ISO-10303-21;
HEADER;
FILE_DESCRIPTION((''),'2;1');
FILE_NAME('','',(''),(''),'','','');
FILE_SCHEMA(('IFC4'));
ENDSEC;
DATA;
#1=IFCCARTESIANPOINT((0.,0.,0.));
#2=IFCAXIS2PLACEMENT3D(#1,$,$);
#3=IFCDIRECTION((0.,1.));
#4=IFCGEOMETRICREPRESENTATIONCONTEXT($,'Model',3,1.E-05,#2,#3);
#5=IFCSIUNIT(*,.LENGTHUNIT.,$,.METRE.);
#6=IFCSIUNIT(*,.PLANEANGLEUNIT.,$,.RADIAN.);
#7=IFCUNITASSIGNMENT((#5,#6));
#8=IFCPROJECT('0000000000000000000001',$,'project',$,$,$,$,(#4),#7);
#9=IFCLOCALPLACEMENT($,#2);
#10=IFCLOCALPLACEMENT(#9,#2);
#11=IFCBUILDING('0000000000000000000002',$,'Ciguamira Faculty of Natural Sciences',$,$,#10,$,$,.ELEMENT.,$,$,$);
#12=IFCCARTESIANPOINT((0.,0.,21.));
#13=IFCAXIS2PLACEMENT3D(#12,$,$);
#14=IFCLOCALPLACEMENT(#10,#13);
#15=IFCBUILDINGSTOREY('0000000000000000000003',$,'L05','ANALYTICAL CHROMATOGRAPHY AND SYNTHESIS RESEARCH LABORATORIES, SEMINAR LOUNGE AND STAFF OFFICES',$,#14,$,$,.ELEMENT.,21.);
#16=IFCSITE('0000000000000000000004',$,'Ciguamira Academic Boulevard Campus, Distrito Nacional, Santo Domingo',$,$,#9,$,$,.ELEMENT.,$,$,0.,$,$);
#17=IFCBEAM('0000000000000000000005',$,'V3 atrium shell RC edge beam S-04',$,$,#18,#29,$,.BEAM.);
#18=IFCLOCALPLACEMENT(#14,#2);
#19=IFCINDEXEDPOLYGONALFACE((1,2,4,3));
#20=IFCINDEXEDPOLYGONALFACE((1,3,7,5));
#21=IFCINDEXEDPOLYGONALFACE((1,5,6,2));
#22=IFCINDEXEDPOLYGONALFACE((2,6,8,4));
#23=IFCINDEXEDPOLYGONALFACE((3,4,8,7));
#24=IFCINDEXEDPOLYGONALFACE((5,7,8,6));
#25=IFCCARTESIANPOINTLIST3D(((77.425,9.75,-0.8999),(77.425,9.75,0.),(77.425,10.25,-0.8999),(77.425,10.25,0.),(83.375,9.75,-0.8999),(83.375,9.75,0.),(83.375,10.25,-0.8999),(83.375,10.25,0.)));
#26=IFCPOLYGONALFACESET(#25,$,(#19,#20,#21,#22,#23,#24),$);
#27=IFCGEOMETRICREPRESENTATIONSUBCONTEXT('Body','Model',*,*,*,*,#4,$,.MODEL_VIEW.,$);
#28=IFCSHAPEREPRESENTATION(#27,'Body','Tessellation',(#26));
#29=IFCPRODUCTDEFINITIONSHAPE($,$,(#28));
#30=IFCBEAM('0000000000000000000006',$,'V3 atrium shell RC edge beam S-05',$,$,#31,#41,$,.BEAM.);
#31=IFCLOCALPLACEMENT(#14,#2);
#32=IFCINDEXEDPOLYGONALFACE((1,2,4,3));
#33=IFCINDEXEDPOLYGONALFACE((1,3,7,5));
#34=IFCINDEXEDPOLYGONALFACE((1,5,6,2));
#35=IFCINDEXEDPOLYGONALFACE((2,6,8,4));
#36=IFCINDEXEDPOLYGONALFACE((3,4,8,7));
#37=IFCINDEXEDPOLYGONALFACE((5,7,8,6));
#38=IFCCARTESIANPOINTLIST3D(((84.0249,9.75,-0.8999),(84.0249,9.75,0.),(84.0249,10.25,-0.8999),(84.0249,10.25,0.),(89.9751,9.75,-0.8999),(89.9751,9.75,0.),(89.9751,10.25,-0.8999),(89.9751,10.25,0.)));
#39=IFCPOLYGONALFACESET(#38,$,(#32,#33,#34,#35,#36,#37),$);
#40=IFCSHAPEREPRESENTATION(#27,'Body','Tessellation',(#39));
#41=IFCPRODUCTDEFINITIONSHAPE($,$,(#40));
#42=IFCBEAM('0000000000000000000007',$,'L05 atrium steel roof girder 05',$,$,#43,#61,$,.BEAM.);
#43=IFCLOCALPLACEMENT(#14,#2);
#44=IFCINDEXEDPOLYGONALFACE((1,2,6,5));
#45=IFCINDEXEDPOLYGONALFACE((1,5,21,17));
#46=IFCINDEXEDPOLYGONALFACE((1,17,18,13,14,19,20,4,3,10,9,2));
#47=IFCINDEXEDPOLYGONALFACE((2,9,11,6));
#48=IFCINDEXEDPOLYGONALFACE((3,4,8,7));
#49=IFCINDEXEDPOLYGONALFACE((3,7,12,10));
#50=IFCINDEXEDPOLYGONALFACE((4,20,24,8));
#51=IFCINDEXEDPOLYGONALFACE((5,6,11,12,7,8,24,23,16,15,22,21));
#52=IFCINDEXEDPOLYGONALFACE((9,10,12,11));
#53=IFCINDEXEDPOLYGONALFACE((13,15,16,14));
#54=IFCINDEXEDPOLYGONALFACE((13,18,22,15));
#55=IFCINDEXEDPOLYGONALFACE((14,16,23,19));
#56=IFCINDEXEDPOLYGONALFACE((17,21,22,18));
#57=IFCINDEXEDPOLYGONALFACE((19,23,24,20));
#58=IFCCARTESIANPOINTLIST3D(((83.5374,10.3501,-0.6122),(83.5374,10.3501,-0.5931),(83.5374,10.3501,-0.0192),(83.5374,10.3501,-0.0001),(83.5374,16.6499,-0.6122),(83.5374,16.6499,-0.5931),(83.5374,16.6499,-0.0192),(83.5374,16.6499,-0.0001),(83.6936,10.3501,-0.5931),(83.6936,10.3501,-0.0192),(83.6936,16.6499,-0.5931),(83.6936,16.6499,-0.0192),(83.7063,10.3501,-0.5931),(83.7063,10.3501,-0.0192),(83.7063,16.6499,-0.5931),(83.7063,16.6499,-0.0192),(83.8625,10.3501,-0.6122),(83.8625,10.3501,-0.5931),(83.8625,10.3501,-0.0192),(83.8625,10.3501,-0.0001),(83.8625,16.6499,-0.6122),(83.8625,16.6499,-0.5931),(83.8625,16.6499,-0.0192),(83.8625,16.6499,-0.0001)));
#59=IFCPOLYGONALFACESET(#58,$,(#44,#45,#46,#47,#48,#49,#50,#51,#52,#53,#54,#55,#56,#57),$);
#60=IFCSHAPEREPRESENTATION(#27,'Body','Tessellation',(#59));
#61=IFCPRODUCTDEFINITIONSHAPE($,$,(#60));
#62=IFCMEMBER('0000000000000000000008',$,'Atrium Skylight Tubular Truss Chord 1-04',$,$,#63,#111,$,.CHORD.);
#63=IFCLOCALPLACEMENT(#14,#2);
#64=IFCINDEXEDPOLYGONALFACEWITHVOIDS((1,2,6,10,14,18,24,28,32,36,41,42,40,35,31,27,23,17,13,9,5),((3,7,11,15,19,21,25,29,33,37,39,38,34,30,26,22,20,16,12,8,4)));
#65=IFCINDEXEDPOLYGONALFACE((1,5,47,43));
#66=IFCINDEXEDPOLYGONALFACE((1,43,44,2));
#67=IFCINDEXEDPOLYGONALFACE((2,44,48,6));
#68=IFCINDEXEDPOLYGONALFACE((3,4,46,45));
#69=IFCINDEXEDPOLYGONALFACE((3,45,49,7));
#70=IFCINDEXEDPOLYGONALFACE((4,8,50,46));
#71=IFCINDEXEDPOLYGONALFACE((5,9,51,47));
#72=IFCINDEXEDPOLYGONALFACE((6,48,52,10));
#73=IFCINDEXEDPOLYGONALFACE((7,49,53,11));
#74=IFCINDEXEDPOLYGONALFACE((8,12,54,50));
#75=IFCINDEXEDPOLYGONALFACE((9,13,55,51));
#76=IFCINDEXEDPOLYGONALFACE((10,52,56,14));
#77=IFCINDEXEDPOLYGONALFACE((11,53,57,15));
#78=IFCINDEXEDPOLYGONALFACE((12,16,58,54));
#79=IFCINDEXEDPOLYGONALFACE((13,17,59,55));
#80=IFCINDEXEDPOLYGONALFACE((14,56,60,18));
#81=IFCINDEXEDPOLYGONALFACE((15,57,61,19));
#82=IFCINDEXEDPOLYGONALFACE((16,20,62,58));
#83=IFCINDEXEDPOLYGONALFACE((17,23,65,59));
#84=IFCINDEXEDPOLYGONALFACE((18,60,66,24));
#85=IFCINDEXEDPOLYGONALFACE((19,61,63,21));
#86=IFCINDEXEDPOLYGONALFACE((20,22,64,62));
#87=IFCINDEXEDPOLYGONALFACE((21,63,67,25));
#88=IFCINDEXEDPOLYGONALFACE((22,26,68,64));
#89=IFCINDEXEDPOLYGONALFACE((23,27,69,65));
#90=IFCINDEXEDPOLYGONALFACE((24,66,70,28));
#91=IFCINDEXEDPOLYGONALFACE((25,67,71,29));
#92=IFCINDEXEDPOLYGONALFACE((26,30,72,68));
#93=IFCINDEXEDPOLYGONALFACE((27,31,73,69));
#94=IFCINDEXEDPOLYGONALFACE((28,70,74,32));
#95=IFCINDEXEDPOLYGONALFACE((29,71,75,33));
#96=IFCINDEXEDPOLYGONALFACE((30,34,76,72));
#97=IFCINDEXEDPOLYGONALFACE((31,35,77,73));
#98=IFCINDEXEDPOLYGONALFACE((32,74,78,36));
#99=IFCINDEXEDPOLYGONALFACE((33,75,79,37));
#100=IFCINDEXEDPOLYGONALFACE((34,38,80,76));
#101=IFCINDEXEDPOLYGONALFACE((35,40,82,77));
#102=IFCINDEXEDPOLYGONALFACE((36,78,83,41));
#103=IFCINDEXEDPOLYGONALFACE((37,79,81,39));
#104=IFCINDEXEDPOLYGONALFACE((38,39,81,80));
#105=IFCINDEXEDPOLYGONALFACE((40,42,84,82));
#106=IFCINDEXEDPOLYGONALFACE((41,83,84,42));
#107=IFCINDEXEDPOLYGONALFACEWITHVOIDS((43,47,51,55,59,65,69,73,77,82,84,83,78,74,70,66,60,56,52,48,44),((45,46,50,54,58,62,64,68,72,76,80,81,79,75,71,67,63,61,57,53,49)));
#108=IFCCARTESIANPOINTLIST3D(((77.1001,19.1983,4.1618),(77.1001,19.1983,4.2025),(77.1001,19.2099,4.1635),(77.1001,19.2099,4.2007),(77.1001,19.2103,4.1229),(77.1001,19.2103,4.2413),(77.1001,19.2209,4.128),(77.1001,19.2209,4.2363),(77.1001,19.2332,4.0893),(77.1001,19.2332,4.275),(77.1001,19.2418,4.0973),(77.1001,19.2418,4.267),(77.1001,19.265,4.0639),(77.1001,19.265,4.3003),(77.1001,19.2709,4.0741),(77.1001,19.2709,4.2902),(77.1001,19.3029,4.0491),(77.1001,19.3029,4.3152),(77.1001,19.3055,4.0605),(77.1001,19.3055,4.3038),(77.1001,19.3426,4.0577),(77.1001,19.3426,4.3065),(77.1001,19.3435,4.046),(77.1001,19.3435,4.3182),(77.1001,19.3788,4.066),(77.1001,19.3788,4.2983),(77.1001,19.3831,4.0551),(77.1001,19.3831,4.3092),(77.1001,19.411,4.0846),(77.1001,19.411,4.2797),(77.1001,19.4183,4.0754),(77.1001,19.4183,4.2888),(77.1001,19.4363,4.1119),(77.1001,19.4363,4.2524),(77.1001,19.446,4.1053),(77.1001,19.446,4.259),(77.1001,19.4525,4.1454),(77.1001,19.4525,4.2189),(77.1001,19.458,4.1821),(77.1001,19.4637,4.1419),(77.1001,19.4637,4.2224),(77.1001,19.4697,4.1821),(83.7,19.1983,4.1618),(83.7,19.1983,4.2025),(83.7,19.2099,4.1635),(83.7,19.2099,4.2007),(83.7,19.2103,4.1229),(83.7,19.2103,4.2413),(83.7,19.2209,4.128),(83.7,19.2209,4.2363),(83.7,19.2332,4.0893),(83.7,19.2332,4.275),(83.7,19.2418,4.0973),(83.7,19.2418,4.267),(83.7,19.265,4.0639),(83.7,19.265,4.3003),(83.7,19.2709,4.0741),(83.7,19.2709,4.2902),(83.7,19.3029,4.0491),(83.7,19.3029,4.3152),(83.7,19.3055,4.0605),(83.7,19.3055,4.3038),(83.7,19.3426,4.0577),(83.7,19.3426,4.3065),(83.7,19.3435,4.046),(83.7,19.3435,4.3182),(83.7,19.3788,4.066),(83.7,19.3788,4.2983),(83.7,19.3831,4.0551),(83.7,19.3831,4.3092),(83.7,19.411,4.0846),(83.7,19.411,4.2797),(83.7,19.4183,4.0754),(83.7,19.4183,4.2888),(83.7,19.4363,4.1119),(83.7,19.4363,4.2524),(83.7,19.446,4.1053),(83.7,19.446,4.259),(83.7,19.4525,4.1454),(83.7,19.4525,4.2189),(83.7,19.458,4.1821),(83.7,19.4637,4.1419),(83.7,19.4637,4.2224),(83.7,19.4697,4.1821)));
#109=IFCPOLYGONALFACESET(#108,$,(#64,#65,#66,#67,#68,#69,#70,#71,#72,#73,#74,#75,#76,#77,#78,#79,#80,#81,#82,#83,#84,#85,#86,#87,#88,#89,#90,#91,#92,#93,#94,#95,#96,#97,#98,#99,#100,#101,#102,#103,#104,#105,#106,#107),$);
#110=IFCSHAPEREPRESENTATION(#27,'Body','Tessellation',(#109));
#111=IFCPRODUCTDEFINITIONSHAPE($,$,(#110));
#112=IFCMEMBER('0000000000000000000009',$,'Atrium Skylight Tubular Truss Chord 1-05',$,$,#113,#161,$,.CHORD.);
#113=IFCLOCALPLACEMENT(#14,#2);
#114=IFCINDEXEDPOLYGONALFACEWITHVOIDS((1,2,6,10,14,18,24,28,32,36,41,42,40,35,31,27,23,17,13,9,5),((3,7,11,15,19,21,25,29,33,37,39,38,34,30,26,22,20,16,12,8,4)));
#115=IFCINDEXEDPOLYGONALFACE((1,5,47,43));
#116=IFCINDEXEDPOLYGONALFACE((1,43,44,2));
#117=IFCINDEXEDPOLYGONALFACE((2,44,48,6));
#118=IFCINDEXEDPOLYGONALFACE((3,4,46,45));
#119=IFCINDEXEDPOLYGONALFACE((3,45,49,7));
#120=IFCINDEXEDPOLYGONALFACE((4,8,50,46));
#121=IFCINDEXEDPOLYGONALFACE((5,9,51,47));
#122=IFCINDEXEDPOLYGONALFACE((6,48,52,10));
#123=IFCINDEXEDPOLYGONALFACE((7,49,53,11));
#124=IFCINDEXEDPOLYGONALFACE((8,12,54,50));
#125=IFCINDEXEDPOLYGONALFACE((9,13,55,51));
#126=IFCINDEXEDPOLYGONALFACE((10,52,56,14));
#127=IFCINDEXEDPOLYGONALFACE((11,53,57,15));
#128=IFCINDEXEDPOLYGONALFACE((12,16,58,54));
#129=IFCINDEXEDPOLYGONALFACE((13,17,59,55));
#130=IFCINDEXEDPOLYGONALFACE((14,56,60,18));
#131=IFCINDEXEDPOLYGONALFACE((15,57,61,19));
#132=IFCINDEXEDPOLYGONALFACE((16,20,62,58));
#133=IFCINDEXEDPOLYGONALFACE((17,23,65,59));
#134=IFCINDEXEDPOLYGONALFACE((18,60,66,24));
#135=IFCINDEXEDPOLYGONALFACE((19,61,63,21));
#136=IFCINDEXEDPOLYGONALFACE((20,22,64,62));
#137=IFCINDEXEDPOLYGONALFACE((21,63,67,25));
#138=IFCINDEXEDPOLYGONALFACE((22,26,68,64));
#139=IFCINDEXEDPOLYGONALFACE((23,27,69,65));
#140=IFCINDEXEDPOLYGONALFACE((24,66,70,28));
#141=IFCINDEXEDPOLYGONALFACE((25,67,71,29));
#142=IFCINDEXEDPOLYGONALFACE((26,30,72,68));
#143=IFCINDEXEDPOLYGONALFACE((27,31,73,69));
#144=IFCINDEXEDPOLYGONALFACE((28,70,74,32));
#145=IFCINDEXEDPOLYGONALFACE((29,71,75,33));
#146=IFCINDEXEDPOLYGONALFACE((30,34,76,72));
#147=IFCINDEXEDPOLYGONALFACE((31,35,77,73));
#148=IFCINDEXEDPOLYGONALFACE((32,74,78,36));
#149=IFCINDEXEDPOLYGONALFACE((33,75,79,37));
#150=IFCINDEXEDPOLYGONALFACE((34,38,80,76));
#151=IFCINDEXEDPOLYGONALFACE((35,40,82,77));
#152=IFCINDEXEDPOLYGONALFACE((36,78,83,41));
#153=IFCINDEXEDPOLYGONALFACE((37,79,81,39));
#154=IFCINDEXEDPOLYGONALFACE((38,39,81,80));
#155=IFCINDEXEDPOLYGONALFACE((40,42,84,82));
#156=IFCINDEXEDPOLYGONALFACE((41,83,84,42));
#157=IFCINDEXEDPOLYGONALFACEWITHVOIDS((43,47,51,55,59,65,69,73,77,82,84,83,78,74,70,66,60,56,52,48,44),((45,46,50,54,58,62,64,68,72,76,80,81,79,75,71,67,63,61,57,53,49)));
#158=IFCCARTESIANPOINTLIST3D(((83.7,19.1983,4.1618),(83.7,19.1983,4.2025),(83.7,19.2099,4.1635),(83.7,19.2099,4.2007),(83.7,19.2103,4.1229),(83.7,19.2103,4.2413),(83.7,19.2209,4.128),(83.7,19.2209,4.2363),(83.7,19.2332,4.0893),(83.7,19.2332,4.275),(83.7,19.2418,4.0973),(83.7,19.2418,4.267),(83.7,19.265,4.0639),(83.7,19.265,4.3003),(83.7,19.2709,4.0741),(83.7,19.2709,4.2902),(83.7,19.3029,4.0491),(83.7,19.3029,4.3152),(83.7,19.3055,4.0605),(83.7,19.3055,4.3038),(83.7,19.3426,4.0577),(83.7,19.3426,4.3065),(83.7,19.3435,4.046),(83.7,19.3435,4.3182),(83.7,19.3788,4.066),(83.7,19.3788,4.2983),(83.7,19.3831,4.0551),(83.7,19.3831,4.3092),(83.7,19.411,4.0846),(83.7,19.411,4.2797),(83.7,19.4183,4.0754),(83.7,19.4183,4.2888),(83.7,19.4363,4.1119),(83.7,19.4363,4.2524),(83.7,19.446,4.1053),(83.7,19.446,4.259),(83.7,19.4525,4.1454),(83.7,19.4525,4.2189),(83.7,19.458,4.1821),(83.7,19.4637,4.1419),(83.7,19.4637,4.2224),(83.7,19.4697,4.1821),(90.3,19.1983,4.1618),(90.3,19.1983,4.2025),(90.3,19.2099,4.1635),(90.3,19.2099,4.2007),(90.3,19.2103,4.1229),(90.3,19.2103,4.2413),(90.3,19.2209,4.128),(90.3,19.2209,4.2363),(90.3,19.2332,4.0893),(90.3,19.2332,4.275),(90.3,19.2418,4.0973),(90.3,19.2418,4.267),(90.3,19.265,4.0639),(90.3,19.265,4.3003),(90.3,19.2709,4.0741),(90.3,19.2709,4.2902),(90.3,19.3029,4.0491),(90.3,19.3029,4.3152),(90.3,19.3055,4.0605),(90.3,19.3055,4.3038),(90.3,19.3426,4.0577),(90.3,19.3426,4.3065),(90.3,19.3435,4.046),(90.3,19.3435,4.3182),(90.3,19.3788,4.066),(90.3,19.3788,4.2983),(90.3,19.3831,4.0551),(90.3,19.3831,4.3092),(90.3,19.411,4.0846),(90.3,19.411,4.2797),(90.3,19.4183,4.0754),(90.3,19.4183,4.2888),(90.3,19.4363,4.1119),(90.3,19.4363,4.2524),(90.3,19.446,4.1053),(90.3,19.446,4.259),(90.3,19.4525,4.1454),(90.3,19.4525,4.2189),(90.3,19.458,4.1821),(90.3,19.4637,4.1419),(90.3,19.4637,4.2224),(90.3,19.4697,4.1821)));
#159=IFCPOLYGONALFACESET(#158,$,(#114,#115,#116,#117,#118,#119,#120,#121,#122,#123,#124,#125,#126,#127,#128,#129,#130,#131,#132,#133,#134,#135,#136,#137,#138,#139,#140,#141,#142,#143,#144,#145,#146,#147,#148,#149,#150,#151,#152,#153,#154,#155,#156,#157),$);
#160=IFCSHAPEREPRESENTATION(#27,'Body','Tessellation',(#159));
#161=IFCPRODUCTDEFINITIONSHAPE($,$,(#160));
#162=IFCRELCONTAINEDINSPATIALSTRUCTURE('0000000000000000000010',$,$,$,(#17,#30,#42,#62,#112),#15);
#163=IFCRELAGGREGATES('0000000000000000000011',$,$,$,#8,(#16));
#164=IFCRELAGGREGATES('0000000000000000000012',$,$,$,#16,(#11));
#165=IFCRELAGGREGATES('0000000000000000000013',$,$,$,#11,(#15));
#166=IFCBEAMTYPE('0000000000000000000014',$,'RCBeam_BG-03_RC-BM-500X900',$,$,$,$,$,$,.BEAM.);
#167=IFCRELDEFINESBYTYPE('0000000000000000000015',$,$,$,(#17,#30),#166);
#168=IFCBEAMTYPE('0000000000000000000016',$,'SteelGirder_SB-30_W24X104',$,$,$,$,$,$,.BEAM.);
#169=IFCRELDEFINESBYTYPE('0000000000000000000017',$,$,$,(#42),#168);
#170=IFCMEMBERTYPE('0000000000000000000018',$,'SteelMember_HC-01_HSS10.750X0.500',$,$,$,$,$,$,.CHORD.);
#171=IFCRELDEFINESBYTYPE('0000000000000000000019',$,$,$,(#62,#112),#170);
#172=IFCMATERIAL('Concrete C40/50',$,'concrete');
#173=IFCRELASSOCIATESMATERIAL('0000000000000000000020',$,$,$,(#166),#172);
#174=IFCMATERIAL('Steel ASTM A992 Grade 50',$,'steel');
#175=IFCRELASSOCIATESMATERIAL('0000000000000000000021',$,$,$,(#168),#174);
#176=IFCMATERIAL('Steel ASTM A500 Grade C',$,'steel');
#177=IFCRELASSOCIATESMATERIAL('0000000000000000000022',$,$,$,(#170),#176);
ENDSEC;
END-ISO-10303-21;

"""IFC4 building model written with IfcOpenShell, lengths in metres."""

from ifc_helpers import new_model, si_unit, direction, frame, origin, origin_2d, place, context, subcontext, project, spatial, rectangle, hollow_circle, i_section, extrude, material, material_profile, profile_set, type_object, element, save


model = new_model("IFC4")

# Units and contexts
model_context = context("Model", 3, precision=1e-05, world=origin(), true_north=direction((0.0, 1.0)))
body_context = subcontext(model_context, "Body", "Model", "MODEL_VIEW")
ifc_project = project(units=[si_unit("LENGTHUNIT", "METRE"), si_unit("PLANEANGLEUNIT", "RADIAN")], contexts=[model_context])

# Site, building, storey
site_placement = place(None, origin())
site = spatial("IfcSite", under=ifc_project, at=site_placement, Name="Ciguamira Academic Boulevard Campus, Distrito Nacional, Santo Domingo", CompositionType="ELEMENT", RefElevation=0.0)
building_placement = place(site_placement, origin())
building = spatial("IfcBuilding", under=site, at=building_placement, Name="Ciguamira Faculty of Natural Sciences", CompositionType="ELEMENT")
storey_placement = place(building_placement, frame((0.0, 0.0, 21.0)))
storey = spatial("IfcBuildingStorey", under=building, at=storey_placement, Name="L05", Description="ANALYTICAL CHROMATOGRAPHY AND SYNTHESIS RESEARCH LABORATORIES, SEMINAR LOUNGE AND STAFF OFFICES", CompositionType="ELEMENT", Elevation=21.0)

# Beams
ifc_material_1 = material(Name="Concrete C40/50", Category="concrete")
ifc_material_profile_1 = material_profile(ifc_material_1, rectangle(XDim=0.5, YDim=0.8999, at=origin_2d()), Name="RC-BM-500X900")
ifc_profile_set_1 = profile_set([ifc_material_profile_1], Name="Concrete C40/50")
beam_type_1 = type_object("IfcBeamType", Name="RCBeam_BG-03_RC-BM-500X900", PredefinedType="BEAM", material=ifc_profile_set_1)
beam_1_placement = place(storey_placement, frame((77.425, 10.0, -0.45), z_axis=(1.0, 0.0, 0.0), x_axis=(0.0, 1.0, 0.0)))
element("IfcBeam", 1, at=beam_1_placement, inside=storey, type_object=beam_type_1, Name="V3 atrium shell RC edge beam S-04", PredefinedType="BEAM", context=body_context, shape_type="SweptSolid", body=[
    extrude(rectangle(XDim=0.5, YDim=0.8999, at=origin_2d()), origin(), (0.0, 0.0, 1.0), 5.95),
])
beam_2_placement = place(storey_placement, frame((84.0249, 10.0, -0.45), z_axis=(1.0, 0.0, 0.0), x_axis=(0.0, 1.0, 0.0)))
element("IfcBeam", 2, at=beam_2_placement, inside=storey, type_object=beam_type_1, Name="V3 atrium shell RC edge beam S-05", PredefinedType="BEAM", context=body_context, shape_type="SweptSolid", body=[
    extrude(rectangle(XDim=0.5, YDim=0.8999, at=origin_2d()), origin(), (0.0, 0.0, 1.0), 5.9502),
])
ifc_material_2 = material(Name="Steel ASTM A992 Grade 50", Category="steel")
ifc_material_profile_2 = material_profile(ifc_material_2, i_section(OverallWidth=0.3252, OverallDepth=0.6121, WebThickness=0.0127, FlangeThickness=0.019, at=origin_2d()), Name="W24X104")
ifc_profile_set_2 = profile_set([ifc_material_profile_2], Name="Steel ASTM A992 Grade 50")
beam_type_2 = type_object("IfcBeamType", Name="SteelGirder_SB-30_W24X104", PredefinedType="BEAM", material=ifc_profile_set_2)
beam_3_placement = place(storey_placement, frame((83.7, 10.3501, -0.3062), z_axis=(0.0, 1.0, 0.0), x_axis=(-1.0, 0.0, 0.0)))
element("IfcBeam", 3, at=beam_3_placement, inside=storey, type_object=beam_type_2, Name="L05 atrium steel roof girder 05", PredefinedType="BEAM", context=body_context, shape_type="SweptSolid", body=[
    extrude(i_section(OverallWidth=0.3252, OverallDepth=0.6121, WebThickness=0.0127, FlangeThickness=0.019, at=origin_2d()), origin(), (0.0, 0.0, 1.0), 6.2998),
])

# Members
ifc_material_3 = material(Name="Steel ASTM A500 Grade C", Category="steel")
ifc_material_profile_3 = material_profile(ifc_material_3, hollow_circle(Radius=0.1365, WallThickness=0.0117, at=origin_2d()), Name="HSS10.750X0.500")
ifc_profile_set_3 = profile_set([ifc_material_profile_3], Name="Steel ASTM A500 Grade C")
member_type_1 = type_object("IfcMemberType", Name="SteelMember_HC-01_HSS10.750X0.500", PredefinedType="CHORD", material=ifc_profile_set_3)
member_1_placement = place(storey_placement, frame((77.1001, 19.3333, 4.1821), z_axis=(1.0, 0.0, 0.0), x_axis=(0.0, 1.0, 0.0)))
element("IfcMember", 4, at=member_1_placement, inside=storey, type_object=member_type_1, Name="Atrium Skylight Tubular Truss Chord 1-04", PredefinedType="CHORD", context=body_context, shape_type="SweptSolid", body=[
    extrude(hollow_circle(Radius=0.1365, WallThickness=0.0117, at=origin_2d()), origin(), (0.0, 0.0, 1.0), 6.5999),
])
member_2_placement = place(storey_placement, frame((83.7, 19.3333, 4.1821), z_axis=(1.0, 0.0, 0.0), x_axis=(0.0, 1.0, 0.0)))
element("IfcMember", 5, at=member_2_placement, inside=storey, type_object=member_type_1, Name="Atrium Skylight Tubular Truss Chord 1-05", PredefinedType="CHORD", context=body_context, shape_type="SweptSolid", body=[
    extrude(hollow_circle(Radius=0.1365, WallThickness=0.0117, at=origin_2d()), origin(), (0.0, 0.0, 1.0), 6.6001),
])

save(model, "model.ifc")
